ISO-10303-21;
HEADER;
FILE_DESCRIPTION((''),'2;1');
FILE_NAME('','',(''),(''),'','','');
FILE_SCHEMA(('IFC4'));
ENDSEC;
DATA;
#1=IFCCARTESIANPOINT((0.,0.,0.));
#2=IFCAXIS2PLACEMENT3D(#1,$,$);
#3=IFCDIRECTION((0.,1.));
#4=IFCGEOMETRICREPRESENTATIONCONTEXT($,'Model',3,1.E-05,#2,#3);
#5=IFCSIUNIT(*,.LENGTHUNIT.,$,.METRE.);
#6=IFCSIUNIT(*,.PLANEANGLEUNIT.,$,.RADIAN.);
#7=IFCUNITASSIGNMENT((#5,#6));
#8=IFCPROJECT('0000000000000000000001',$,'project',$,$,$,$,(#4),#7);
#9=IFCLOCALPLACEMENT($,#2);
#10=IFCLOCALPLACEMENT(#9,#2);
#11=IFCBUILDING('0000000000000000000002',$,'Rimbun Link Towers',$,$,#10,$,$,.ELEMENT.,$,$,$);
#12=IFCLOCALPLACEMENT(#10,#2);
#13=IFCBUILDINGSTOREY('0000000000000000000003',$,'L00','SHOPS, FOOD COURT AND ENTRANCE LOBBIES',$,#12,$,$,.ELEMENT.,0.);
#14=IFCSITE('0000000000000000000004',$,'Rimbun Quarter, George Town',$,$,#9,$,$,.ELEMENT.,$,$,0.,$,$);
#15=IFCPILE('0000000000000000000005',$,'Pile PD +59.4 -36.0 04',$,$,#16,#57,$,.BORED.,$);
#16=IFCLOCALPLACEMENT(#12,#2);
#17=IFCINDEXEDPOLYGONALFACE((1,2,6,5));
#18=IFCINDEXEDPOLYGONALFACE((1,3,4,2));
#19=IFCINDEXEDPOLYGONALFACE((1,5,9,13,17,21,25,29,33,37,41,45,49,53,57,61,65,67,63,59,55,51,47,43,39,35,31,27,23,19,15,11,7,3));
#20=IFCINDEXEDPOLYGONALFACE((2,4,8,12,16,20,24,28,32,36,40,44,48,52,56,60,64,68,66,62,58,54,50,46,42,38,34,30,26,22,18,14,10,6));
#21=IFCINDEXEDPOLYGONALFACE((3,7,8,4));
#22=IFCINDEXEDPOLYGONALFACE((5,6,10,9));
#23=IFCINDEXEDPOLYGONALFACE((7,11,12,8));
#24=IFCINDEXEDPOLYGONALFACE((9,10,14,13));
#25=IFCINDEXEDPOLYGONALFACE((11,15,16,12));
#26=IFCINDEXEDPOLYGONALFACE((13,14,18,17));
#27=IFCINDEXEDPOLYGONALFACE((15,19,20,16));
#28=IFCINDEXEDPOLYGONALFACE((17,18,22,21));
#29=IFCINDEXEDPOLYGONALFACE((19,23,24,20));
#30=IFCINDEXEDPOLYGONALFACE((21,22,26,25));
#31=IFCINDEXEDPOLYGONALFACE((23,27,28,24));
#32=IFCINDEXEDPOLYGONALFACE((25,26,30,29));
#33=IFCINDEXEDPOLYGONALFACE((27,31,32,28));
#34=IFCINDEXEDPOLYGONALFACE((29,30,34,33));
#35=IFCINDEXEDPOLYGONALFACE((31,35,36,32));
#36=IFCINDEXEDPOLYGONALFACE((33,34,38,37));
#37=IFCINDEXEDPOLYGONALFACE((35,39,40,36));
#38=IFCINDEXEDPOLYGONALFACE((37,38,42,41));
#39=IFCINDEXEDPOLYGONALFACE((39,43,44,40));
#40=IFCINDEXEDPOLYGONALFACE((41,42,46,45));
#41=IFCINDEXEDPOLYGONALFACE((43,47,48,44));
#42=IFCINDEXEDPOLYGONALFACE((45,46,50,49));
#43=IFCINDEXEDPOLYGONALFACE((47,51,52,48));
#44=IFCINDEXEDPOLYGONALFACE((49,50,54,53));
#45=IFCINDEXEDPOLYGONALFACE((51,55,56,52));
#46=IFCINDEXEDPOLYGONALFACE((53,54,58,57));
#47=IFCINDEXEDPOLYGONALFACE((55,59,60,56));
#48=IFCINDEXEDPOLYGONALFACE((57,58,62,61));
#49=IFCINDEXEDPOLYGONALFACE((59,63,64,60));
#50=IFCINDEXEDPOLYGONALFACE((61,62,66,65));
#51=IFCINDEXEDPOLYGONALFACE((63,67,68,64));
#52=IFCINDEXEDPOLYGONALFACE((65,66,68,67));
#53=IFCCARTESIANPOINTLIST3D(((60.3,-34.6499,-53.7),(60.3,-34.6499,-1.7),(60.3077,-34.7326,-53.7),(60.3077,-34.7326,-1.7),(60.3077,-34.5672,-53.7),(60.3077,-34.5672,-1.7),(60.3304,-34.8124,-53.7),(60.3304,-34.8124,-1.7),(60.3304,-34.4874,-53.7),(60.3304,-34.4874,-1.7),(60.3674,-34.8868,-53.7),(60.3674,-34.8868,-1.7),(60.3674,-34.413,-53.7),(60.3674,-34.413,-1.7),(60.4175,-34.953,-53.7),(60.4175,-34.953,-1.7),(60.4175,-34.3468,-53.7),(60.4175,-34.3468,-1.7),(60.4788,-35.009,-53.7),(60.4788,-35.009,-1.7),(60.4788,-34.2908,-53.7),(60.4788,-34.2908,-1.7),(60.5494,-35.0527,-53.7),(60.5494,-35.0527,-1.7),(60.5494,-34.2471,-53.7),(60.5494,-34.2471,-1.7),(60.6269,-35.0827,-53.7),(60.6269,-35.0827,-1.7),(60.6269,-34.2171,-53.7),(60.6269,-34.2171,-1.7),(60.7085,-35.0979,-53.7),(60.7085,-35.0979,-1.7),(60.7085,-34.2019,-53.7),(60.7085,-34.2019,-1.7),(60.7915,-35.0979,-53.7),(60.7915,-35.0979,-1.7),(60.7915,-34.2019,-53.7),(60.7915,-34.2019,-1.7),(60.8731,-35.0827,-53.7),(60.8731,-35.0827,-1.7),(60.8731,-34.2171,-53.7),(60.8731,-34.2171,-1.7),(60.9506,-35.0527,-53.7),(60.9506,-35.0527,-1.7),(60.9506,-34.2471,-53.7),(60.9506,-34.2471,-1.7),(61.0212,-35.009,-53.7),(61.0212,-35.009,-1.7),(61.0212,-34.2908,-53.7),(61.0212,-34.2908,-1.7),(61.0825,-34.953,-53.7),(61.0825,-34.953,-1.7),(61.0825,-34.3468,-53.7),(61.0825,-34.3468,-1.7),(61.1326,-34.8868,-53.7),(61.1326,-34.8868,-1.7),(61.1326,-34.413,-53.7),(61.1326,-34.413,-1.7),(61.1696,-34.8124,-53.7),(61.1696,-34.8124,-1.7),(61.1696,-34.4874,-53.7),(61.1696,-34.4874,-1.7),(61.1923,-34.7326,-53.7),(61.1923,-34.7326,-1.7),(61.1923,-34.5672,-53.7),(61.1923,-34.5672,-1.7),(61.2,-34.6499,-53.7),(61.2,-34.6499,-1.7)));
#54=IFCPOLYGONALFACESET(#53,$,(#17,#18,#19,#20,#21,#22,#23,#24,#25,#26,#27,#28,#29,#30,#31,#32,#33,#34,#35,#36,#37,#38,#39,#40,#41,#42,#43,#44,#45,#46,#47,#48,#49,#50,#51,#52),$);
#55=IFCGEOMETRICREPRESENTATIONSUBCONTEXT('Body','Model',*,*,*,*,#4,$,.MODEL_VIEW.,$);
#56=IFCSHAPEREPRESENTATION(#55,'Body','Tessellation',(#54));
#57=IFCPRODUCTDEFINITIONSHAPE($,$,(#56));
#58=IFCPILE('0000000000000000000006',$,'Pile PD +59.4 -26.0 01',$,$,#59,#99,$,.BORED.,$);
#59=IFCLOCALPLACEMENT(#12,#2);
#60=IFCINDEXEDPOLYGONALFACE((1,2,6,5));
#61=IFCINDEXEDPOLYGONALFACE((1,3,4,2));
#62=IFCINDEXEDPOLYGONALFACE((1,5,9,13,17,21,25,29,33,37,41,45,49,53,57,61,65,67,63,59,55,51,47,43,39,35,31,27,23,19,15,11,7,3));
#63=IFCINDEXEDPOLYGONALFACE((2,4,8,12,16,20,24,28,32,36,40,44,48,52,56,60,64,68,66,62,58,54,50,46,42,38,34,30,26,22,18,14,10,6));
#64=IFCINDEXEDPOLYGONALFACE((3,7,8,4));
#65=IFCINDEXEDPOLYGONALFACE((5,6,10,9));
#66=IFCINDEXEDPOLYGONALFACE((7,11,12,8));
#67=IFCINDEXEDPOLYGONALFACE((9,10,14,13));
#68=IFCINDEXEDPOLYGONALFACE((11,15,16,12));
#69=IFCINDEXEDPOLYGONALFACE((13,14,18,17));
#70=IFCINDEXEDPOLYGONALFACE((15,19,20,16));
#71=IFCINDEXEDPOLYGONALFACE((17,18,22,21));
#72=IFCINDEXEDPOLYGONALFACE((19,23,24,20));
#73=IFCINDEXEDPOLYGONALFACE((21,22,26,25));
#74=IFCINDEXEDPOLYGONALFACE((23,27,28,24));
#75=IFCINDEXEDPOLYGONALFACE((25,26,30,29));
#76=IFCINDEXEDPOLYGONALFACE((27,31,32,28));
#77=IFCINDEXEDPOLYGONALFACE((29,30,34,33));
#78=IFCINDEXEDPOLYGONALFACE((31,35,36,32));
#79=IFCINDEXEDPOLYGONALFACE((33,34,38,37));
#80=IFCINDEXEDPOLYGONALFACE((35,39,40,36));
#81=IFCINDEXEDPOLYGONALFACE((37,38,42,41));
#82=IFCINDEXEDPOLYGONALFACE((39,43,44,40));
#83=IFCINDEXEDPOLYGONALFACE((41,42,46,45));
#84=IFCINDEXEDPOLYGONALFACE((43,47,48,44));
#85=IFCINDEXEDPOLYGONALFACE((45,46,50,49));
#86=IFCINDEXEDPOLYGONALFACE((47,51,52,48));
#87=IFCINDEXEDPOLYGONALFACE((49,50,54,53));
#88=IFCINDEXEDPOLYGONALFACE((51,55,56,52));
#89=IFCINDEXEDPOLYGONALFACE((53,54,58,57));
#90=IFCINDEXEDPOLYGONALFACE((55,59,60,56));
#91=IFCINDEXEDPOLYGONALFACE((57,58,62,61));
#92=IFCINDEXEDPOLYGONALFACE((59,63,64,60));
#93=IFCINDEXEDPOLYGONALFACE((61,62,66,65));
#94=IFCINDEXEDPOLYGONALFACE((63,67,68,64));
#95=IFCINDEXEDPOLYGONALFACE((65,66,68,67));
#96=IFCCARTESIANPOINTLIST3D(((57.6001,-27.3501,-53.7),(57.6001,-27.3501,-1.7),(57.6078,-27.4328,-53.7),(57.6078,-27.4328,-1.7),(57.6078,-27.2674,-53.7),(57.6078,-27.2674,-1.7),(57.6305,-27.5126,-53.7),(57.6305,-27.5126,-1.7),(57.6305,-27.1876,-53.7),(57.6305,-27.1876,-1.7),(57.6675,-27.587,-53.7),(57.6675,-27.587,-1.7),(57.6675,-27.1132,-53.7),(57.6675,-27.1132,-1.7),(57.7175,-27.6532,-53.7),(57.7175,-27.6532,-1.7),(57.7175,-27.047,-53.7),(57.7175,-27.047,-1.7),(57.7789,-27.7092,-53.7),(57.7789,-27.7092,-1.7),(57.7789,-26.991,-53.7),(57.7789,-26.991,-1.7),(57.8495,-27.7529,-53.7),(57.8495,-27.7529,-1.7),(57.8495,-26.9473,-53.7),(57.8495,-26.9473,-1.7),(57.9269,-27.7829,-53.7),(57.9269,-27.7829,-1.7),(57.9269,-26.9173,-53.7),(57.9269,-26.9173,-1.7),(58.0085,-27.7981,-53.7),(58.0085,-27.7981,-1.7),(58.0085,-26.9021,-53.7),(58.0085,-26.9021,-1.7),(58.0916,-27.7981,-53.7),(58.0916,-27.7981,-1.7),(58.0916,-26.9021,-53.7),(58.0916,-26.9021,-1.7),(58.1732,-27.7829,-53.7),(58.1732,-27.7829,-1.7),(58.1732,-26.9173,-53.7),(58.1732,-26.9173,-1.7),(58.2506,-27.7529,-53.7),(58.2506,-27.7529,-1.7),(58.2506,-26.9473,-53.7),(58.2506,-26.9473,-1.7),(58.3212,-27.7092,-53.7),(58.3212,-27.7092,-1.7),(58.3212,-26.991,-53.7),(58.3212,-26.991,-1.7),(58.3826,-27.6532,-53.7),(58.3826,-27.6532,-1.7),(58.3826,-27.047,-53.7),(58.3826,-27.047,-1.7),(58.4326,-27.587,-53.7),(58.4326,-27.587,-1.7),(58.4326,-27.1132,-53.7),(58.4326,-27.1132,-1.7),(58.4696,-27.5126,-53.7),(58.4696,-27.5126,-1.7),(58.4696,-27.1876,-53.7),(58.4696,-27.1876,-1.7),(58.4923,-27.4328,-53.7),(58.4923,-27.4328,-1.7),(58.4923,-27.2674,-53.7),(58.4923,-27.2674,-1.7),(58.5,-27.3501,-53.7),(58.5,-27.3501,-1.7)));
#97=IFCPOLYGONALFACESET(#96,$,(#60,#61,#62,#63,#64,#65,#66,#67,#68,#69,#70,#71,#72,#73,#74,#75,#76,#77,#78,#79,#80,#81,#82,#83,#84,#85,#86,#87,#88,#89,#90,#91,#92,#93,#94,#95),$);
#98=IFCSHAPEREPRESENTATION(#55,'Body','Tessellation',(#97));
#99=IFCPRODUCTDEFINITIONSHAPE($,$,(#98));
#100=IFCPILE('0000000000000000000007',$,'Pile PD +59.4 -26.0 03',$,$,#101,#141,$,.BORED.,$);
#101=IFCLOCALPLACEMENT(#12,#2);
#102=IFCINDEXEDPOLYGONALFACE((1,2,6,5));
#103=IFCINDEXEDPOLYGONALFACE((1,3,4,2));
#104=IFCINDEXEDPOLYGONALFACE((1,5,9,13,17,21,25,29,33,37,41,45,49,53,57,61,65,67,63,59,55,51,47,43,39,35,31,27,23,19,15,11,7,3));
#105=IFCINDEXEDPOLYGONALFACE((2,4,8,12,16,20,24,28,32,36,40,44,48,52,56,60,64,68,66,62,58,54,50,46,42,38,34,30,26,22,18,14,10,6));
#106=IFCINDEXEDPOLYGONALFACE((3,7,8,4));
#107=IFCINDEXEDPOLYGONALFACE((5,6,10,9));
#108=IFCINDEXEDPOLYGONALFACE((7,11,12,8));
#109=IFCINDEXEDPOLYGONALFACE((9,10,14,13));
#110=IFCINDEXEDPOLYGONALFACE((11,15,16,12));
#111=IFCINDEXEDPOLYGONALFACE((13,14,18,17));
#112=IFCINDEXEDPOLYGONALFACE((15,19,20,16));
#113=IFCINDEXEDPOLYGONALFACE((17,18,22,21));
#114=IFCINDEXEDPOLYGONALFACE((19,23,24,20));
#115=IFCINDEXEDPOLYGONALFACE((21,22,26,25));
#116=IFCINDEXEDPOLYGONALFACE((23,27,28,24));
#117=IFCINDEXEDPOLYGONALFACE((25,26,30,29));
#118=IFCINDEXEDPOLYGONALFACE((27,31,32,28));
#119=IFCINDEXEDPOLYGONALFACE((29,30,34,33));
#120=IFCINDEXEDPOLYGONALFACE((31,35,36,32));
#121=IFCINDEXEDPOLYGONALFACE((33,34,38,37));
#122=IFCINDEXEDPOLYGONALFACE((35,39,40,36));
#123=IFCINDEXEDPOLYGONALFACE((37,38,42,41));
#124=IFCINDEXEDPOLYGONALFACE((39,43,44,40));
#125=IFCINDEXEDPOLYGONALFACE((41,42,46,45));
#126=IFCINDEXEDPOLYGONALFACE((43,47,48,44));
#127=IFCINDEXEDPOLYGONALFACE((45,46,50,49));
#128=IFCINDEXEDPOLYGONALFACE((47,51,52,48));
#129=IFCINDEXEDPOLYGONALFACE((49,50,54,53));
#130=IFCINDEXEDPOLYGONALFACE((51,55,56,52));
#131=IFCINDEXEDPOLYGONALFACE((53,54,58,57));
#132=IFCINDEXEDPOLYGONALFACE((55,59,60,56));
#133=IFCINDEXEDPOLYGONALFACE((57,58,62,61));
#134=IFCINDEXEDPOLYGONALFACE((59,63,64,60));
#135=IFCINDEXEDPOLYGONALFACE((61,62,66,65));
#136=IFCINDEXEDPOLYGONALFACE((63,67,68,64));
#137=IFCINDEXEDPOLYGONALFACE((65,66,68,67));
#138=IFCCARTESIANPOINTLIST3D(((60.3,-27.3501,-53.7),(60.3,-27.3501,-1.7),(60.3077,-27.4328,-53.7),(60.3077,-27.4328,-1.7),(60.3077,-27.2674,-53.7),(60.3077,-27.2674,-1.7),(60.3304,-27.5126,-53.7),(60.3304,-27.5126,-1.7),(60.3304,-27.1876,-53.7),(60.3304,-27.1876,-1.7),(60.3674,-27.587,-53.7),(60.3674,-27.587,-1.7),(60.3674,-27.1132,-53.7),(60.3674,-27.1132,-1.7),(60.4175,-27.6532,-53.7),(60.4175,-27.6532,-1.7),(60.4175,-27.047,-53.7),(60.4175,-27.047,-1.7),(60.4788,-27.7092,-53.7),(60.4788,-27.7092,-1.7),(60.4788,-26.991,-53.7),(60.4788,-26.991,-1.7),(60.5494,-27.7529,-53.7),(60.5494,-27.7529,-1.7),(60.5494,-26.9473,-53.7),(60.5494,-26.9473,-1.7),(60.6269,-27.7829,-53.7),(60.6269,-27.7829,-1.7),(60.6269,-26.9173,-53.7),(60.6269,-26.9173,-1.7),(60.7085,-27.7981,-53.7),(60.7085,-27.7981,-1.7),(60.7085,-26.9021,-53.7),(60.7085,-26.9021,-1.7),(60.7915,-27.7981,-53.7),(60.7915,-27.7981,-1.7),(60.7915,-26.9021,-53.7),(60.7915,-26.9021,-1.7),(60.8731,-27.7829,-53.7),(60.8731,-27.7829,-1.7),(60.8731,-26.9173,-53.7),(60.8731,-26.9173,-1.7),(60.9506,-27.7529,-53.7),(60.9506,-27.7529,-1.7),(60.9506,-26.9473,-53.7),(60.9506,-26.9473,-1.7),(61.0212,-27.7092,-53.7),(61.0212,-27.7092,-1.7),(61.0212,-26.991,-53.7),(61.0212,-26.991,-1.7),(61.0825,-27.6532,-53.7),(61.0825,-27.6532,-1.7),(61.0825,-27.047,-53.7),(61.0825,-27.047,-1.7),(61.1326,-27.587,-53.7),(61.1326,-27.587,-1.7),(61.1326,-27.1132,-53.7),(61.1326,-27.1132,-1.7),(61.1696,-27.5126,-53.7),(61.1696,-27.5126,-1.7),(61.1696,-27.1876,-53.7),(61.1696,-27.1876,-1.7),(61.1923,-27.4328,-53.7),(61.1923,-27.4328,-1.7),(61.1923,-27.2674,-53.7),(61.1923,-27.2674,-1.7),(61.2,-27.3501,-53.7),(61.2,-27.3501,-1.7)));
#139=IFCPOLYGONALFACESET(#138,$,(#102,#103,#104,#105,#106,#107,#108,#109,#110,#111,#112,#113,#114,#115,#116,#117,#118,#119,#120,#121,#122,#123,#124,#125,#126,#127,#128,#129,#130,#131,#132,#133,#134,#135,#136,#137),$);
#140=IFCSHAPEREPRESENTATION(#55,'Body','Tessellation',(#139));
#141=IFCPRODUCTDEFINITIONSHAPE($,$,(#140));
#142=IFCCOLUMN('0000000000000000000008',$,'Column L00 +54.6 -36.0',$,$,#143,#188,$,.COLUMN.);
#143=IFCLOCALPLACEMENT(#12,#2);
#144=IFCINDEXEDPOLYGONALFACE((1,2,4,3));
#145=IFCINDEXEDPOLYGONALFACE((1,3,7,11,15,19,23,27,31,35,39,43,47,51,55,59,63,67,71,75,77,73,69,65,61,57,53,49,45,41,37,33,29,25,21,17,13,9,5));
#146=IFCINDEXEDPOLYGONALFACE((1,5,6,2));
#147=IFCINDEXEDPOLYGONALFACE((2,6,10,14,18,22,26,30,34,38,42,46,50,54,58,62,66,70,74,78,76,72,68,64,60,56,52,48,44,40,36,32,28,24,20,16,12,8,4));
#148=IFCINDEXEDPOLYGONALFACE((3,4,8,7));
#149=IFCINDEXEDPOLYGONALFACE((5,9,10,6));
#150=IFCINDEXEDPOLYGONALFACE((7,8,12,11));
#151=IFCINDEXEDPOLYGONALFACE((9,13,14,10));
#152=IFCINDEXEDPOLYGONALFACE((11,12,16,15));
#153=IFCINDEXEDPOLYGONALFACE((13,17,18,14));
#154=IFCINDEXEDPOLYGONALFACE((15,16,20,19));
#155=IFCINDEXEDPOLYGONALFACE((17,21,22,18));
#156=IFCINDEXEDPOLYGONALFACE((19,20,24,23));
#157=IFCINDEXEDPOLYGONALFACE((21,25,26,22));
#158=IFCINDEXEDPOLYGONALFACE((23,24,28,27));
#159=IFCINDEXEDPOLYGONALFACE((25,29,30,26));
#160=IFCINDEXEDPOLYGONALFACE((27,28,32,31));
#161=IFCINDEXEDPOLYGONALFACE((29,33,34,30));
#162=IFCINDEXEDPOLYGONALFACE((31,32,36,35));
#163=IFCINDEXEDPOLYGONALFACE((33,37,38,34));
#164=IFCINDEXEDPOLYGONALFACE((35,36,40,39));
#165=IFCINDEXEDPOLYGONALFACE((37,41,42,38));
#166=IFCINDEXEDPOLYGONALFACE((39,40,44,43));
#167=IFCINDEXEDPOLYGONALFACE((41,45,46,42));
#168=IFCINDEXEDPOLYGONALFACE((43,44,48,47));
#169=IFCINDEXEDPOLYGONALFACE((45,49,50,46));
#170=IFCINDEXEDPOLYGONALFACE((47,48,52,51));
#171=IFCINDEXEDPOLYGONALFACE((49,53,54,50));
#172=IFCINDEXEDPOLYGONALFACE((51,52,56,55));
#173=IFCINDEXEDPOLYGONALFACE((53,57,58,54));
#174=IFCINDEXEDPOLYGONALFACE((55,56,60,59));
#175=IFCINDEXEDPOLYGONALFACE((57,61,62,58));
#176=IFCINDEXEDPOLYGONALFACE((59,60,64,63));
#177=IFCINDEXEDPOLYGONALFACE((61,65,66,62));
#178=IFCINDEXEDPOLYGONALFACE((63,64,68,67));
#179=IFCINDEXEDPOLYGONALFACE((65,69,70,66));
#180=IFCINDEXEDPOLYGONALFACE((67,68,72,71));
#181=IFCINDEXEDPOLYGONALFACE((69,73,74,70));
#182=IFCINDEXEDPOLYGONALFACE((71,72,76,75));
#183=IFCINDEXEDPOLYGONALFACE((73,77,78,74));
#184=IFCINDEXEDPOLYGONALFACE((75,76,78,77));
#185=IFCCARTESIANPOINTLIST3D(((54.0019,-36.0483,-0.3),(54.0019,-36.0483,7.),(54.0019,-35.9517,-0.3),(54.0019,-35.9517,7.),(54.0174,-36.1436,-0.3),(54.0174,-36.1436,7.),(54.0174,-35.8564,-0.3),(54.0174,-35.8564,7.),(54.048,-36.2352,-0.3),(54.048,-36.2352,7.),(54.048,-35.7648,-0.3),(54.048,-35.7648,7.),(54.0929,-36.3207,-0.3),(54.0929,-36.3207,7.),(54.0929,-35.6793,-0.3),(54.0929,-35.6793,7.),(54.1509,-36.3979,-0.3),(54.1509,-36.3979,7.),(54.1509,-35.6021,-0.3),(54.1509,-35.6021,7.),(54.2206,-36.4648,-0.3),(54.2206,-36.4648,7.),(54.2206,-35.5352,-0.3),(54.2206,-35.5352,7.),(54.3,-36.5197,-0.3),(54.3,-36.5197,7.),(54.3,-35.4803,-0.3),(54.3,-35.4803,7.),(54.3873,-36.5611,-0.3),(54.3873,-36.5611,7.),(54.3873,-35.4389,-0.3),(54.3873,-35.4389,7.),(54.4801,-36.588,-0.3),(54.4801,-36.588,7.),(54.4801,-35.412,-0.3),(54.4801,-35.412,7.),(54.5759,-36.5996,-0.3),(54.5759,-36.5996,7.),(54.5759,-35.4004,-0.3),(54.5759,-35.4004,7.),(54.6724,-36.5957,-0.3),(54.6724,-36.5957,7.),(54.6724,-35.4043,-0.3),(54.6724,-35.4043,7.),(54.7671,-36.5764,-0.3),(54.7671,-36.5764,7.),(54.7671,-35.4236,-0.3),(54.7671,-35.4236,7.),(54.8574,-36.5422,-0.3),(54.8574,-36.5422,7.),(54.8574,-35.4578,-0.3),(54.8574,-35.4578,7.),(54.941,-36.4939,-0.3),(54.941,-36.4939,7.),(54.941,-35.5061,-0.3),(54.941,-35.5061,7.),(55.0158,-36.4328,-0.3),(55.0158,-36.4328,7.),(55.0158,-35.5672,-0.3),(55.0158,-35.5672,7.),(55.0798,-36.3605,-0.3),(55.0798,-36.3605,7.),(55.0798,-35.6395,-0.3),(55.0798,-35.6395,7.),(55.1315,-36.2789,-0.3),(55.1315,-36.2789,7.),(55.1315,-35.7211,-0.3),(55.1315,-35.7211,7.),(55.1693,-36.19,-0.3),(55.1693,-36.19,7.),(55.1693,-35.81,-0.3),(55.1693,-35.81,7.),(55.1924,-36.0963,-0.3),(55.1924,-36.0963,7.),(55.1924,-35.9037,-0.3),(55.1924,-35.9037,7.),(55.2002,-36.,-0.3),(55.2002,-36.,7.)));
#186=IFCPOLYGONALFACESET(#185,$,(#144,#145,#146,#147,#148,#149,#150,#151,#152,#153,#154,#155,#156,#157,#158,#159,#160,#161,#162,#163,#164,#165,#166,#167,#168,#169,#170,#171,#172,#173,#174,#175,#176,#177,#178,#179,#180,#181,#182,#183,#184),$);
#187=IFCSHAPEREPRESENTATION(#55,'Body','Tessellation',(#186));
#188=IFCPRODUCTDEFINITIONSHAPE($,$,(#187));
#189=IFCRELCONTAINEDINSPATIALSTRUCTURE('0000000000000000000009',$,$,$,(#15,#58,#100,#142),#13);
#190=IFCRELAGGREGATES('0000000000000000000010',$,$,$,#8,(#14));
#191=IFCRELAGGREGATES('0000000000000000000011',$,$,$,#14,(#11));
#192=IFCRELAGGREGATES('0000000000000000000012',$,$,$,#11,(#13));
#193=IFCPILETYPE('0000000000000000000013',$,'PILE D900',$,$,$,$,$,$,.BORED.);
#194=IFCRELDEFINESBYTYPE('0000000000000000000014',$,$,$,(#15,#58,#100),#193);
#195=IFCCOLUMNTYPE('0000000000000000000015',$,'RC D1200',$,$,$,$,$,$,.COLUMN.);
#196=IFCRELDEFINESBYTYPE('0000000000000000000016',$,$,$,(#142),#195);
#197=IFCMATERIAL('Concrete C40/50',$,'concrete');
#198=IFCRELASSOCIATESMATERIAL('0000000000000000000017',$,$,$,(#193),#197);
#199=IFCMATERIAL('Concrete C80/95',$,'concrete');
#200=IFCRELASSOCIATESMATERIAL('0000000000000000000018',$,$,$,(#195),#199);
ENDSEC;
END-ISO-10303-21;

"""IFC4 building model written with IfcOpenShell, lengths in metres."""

from ifc_helpers import new_model, si_unit, direction, frame, origin, origin_2d, place, context, subcontext, project, spatial, circle, extrude, material, material_profile, profile_set, type_object, element, save


model = new_model("IFC4")

# Units and contexts
model_context = context("Model", 3, precision=1e-05, world=origin(), true_north=direction((0.0, 1.0)))
body_context = subcontext(model_context, "Body", "Model", "MODEL_VIEW")
ifc_project = project(units=[si_unit("LENGTHUNIT", "METRE"), si_unit("PLANEANGLEUNIT", "RADIAN")], contexts=[model_context])

# Site, building, storey
site_placement = place(None, origin())
site = spatial("IfcSite", under=ifc_project, at=site_placement, Name="Rimbun Quarter, George Town", CompositionType="ELEMENT", RefElevation=0.0)
building_placement = place(site_placement, origin())
building = spatial("IfcBuilding", under=site, at=building_placement, Name="Rimbun Link Towers", CompositionType="ELEMENT")
storey_placement = place(building_placement, origin())
storey = spatial("IfcBuildingStorey", under=building, at=storey_placement, Name="L00", Description="SHOPS, FOOD COURT AND ENTRANCE LOBBIES", CompositionType="ELEMENT", Elevation=0.0)

# Piles
ifc_material_1 = material(Name="Concrete C40/50", Category="concrete")
ifc_material_profile_1 = material_profile(ifc_material_1, circle(Radius=0.45, at=origin_2d()), Name="PILE D900")
ifc_profile_set_1 = profile_set([ifc_material_profile_1], Name="Concrete C40/50")
pile_type = type_object("IfcPileType", Name="PILE D900", PredefinedType="BORED", material=ifc_profile_set_1)
for number, where, z_axis, x_axis, name in (
    (1, (60.75, -34.6499, -1.7), (0.0, 0.0, -1.0), (1.0, 0.0, 0.0), "Pile PD +59.4 -36.0 04"),
    (2, (58.05, -27.3501, -1.7), (0.0, 0.0, -1.0), (1.0, 0.0, 0.0), "Pile PD +59.4 -26.0 01"),
    (3, (60.75, -27.3501, -1.7), (0.0, 0.0, -1.0), (1.0, 0.0, 0.0), "Pile PD +59.4 -26.0 03"),
):
    element("IfcPile", number, at=place(storey_placement, frame(where, z_axis=z_axis, x_axis=x_axis)), inside=storey, type_object=pile_type, Name=name, PredefinedType="BORED", context=body_context, shape_type="SweptSolid", body=[
        extrude(circle(Radius=0.45, at=origin_2d()), origin(), (0.0, 0.0, 1.0), 52.0),
    ])

# Column
ifc_material_2 = material(Name="Concrete C80/95", Category="concrete")
ifc_material_profile_2 = material_profile(ifc_material_2, circle(Radius=0.6001, at=origin_2d()), Name="RC D1200")
ifc_profile_set_2 = profile_set([ifc_material_profile_2], Name="Concrete C80/95")
column_type = type_object("IfcColumnType", Name="RC D1200", PredefinedType="COLUMN", material=ifc_profile_set_2)
for number, where, z_axis, x_axis, name in (
    (4, (54.6001, -36.0, -0.3), (0.0, 0.0, 1.0), (1.0, 0.0, 0.0), "Column L00 +54.6 -36.0"),
):
    element("IfcColumn", number, at=place(storey_placement, frame(where, z_axis=z_axis, x_axis=x_axis)), inside=storey, type_object=column_type, Name=name, PredefinedType="COLUMN", context=body_context, shape_type="SweptSolid", body=[
        extrude(circle(Radius=0.6001, at=origin_2d()), origin(), (0.0, 0.0, 1.0), 7.3),
    ])

save(model, "model.ifc")
